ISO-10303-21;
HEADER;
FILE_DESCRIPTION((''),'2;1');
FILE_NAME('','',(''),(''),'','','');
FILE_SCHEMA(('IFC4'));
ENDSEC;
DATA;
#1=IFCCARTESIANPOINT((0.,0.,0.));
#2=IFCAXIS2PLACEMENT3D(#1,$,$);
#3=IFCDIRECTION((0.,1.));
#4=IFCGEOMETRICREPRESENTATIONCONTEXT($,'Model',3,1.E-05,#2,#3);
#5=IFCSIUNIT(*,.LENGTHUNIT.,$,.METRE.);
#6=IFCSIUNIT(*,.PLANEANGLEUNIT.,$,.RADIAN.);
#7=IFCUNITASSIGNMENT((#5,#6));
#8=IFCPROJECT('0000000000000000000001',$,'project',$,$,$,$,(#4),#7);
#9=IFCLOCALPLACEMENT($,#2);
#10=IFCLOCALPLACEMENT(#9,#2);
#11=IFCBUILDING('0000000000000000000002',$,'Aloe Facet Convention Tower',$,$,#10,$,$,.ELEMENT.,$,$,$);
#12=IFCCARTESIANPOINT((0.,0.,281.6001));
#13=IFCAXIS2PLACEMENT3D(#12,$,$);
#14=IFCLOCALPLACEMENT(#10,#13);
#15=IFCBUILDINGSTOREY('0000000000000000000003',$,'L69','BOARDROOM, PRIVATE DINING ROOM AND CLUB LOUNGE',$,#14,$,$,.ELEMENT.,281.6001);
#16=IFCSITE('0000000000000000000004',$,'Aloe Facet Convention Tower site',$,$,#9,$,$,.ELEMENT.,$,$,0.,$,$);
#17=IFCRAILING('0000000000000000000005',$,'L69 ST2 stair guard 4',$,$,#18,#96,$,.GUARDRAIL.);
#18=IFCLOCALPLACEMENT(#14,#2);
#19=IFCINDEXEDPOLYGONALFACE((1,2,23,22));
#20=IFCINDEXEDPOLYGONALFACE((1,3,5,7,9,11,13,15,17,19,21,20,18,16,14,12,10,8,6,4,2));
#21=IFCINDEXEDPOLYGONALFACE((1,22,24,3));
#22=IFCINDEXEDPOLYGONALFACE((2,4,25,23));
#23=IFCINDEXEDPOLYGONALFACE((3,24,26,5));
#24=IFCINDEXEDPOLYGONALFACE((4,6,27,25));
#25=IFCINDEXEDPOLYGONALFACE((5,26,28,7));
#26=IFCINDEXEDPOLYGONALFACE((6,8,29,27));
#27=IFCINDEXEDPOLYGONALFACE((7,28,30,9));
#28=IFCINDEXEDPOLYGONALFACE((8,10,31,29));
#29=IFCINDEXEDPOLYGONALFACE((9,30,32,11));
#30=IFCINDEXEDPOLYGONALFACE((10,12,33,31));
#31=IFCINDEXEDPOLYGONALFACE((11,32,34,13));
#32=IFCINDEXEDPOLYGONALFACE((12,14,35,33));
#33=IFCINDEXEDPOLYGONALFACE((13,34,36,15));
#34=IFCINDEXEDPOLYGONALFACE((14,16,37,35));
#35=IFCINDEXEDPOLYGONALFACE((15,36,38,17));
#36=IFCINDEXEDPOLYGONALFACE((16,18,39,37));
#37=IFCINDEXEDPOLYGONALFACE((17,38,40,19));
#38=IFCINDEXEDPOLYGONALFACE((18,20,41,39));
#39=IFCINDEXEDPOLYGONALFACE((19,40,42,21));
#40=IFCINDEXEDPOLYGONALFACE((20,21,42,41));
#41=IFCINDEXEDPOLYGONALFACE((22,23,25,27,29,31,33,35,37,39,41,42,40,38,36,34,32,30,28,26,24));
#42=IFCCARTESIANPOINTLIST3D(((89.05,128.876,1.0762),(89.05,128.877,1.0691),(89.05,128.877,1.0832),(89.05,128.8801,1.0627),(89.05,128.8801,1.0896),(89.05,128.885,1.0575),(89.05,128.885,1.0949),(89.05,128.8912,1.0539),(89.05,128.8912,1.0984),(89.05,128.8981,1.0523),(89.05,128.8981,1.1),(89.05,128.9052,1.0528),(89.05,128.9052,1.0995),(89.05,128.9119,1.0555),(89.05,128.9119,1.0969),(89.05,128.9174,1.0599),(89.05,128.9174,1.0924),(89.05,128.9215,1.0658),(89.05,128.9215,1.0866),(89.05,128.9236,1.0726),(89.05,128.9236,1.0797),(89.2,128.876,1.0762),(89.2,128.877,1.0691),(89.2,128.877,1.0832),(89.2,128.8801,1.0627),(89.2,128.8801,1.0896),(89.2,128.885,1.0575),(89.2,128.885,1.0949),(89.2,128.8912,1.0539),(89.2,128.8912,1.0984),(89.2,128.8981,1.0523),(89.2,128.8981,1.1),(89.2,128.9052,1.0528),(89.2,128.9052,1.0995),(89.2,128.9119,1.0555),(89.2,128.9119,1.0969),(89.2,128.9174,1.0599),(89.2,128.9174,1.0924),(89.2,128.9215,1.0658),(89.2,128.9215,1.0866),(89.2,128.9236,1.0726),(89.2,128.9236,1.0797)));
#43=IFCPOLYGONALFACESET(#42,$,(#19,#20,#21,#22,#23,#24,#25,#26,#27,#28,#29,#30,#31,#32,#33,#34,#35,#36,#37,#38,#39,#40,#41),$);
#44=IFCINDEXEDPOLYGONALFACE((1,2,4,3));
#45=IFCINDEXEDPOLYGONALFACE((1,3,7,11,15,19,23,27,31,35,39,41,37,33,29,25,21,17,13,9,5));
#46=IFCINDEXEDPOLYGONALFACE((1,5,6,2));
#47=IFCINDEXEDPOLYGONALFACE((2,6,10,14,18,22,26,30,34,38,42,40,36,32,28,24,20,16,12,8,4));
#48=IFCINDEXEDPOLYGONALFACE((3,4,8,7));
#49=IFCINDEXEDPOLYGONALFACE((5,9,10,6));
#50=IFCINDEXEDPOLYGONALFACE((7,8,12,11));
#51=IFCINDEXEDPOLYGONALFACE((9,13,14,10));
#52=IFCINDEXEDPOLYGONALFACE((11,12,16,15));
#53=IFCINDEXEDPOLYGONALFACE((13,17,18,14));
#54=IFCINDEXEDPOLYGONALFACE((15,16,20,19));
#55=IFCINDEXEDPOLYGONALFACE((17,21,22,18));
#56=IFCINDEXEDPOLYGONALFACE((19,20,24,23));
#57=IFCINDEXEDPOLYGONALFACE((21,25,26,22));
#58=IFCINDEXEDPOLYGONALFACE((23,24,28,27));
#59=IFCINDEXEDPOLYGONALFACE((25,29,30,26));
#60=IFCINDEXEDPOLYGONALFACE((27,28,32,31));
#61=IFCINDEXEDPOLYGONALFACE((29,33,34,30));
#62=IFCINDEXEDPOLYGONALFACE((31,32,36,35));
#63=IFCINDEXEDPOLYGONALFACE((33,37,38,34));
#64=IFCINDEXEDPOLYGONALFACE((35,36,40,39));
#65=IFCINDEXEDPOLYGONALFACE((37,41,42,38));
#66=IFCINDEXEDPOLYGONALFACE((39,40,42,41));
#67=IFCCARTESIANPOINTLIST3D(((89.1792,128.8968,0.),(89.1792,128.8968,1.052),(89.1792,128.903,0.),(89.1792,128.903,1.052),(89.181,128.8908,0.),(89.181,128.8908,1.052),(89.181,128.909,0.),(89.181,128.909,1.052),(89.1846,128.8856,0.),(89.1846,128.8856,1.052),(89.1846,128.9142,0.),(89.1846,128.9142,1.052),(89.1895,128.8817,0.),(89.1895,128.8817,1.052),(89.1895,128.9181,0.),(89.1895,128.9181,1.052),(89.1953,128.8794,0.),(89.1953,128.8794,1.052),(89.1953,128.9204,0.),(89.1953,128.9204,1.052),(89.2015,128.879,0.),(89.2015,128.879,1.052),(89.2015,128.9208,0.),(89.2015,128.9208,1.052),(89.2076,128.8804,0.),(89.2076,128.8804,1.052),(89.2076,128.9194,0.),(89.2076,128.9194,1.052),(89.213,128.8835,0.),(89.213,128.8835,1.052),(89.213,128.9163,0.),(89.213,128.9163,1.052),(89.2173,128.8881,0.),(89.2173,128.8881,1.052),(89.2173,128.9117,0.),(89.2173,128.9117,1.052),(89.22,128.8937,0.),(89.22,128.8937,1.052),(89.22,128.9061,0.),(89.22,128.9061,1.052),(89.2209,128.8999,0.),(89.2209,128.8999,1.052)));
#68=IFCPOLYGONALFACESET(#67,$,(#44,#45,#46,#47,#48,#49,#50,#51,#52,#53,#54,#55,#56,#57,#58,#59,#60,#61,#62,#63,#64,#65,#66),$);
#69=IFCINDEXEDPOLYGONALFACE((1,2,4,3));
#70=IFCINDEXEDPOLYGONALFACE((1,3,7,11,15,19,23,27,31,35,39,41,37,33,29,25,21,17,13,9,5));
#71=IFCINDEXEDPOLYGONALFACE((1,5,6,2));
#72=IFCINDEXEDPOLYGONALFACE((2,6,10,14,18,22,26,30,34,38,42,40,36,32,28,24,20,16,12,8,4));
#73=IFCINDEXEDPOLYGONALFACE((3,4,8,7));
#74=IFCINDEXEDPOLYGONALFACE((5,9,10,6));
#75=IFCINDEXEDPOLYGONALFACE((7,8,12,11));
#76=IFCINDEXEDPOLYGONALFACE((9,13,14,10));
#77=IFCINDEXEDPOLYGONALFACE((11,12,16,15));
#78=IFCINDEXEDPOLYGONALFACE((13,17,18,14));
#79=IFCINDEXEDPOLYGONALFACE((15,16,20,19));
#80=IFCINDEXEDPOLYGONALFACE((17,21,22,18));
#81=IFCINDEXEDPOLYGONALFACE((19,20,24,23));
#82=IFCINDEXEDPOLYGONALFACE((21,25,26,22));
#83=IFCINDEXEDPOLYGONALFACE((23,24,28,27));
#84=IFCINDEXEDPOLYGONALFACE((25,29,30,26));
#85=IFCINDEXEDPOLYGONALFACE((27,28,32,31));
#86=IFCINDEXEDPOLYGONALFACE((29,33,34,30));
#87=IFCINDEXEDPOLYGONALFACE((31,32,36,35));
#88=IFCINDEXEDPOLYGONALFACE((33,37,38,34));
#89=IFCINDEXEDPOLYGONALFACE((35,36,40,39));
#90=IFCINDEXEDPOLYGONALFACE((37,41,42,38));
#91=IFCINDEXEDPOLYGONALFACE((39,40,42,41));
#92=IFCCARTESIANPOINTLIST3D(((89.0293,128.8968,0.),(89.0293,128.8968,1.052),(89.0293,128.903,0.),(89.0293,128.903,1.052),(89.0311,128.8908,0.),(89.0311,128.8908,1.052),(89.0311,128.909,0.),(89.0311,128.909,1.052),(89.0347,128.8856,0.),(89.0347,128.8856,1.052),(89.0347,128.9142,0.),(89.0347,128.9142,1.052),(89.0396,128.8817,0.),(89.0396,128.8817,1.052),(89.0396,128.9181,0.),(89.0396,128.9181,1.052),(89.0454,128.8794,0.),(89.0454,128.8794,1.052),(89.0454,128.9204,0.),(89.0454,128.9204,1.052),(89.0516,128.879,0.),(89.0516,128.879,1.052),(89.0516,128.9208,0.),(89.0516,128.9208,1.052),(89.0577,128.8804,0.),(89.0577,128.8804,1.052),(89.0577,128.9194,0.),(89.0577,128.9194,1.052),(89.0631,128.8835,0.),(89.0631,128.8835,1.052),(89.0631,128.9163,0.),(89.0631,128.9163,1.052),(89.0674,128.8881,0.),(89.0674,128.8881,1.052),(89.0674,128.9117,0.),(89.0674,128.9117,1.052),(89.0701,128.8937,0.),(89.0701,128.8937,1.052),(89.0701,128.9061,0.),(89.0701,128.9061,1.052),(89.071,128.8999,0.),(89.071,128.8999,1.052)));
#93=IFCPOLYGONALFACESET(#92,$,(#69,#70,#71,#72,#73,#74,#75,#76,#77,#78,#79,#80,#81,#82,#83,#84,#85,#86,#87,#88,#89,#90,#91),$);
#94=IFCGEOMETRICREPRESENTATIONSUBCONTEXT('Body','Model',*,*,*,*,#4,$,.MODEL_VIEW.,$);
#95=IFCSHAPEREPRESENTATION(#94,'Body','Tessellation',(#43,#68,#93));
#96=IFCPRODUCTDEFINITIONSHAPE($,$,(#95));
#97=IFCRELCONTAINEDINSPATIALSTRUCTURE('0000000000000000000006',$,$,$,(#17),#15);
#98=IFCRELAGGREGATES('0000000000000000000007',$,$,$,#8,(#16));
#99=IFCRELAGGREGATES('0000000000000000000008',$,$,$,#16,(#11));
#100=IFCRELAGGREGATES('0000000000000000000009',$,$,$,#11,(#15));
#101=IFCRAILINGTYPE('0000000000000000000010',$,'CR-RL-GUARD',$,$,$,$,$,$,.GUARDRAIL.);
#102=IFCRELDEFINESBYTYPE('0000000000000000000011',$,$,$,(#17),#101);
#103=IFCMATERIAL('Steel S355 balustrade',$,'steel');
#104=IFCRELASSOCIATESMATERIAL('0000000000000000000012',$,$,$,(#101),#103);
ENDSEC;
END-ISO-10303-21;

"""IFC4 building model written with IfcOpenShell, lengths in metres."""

from ifc_helpers import new_model, si_unit, direction, frame, origin, origin_2d, place, context, subcontext, project, spatial, circle, extrude, material, type_object, element, save


model = new_model("IFC4")

# Units and contexts
model_context = context("Model", 3, precision=1e-05, world=origin(), true_north=direction((0.0, 1.0)))
body_context = subcontext(model_context, "Body", "Model", "MODEL_VIEW")
ifc_project = project(units=[si_unit("LENGTHUNIT", "METRE"), si_unit("PLANEANGLEUNIT", "RADIAN")], contexts=[model_context])

# Site, building, storey
site_placement = place(None, origin())
site = spatial("IfcSite", under=ifc_project, at=site_placement, Name="Aloe Facet Convention Tower site", CompositionType="ELEMENT", RefElevation=0.0)
building_placement = place(site_placement, origin())
building = spatial("IfcBuilding", under=site, at=building_placement, Name="Aloe Facet Convention Tower", CompositionType="ELEMENT")
storey_placement = place(building_placement, frame((0.0, 0.0, 281.6001)))
storey = spatial("IfcBuildingStorey", under=building, at=storey_placement, Name="L69", Description="BOARDROOM, PRIVATE DINING ROOM AND CLUB LOUNGE", CompositionType="ELEMENT", Elevation=281.6001)

# Railing
ifc_material_1 = material(Name="Steel S355 balustrade", Category="steel")
railing_type_1 = type_object("IfcRailingType", Name="CR-RL-GUARD", PredefinedType="GUARDRAIL", material=ifc_material_1)
railing_1_placement = place(storey_placement, frame((89.2, 128.8999, 0.0)))
element("IfcRailing", 1, at=railing_1_placement, inside=storey, type_object=railing_type_1, Name="L69 ST2 stair guard 4", PredefinedType="GUARDRAIL", context=body_context, shape_type="SweptSolid", body=[
    extrude(circle(Radius=0.0239, at=origin_2d()), frame((0.0, 0.0, 1.0762), z_axis=(-1.0, 0.0, 0.0), x_axis=(0.0, -1.0, 0.0)), (0.0, 0.0, 1.0), 0.1499),
    extrude(circle(Radius=0.021, at=origin_2d()), origin(), (0.0, 0.0, 1.0), 1.052),
    extrude(circle(Radius=0.021, at=origin_2d()), frame((-0.1499, 0.0, 0.0)), (0.0, 0.0, 1.0), 1.052),
])

save(model, "model.ifc")
